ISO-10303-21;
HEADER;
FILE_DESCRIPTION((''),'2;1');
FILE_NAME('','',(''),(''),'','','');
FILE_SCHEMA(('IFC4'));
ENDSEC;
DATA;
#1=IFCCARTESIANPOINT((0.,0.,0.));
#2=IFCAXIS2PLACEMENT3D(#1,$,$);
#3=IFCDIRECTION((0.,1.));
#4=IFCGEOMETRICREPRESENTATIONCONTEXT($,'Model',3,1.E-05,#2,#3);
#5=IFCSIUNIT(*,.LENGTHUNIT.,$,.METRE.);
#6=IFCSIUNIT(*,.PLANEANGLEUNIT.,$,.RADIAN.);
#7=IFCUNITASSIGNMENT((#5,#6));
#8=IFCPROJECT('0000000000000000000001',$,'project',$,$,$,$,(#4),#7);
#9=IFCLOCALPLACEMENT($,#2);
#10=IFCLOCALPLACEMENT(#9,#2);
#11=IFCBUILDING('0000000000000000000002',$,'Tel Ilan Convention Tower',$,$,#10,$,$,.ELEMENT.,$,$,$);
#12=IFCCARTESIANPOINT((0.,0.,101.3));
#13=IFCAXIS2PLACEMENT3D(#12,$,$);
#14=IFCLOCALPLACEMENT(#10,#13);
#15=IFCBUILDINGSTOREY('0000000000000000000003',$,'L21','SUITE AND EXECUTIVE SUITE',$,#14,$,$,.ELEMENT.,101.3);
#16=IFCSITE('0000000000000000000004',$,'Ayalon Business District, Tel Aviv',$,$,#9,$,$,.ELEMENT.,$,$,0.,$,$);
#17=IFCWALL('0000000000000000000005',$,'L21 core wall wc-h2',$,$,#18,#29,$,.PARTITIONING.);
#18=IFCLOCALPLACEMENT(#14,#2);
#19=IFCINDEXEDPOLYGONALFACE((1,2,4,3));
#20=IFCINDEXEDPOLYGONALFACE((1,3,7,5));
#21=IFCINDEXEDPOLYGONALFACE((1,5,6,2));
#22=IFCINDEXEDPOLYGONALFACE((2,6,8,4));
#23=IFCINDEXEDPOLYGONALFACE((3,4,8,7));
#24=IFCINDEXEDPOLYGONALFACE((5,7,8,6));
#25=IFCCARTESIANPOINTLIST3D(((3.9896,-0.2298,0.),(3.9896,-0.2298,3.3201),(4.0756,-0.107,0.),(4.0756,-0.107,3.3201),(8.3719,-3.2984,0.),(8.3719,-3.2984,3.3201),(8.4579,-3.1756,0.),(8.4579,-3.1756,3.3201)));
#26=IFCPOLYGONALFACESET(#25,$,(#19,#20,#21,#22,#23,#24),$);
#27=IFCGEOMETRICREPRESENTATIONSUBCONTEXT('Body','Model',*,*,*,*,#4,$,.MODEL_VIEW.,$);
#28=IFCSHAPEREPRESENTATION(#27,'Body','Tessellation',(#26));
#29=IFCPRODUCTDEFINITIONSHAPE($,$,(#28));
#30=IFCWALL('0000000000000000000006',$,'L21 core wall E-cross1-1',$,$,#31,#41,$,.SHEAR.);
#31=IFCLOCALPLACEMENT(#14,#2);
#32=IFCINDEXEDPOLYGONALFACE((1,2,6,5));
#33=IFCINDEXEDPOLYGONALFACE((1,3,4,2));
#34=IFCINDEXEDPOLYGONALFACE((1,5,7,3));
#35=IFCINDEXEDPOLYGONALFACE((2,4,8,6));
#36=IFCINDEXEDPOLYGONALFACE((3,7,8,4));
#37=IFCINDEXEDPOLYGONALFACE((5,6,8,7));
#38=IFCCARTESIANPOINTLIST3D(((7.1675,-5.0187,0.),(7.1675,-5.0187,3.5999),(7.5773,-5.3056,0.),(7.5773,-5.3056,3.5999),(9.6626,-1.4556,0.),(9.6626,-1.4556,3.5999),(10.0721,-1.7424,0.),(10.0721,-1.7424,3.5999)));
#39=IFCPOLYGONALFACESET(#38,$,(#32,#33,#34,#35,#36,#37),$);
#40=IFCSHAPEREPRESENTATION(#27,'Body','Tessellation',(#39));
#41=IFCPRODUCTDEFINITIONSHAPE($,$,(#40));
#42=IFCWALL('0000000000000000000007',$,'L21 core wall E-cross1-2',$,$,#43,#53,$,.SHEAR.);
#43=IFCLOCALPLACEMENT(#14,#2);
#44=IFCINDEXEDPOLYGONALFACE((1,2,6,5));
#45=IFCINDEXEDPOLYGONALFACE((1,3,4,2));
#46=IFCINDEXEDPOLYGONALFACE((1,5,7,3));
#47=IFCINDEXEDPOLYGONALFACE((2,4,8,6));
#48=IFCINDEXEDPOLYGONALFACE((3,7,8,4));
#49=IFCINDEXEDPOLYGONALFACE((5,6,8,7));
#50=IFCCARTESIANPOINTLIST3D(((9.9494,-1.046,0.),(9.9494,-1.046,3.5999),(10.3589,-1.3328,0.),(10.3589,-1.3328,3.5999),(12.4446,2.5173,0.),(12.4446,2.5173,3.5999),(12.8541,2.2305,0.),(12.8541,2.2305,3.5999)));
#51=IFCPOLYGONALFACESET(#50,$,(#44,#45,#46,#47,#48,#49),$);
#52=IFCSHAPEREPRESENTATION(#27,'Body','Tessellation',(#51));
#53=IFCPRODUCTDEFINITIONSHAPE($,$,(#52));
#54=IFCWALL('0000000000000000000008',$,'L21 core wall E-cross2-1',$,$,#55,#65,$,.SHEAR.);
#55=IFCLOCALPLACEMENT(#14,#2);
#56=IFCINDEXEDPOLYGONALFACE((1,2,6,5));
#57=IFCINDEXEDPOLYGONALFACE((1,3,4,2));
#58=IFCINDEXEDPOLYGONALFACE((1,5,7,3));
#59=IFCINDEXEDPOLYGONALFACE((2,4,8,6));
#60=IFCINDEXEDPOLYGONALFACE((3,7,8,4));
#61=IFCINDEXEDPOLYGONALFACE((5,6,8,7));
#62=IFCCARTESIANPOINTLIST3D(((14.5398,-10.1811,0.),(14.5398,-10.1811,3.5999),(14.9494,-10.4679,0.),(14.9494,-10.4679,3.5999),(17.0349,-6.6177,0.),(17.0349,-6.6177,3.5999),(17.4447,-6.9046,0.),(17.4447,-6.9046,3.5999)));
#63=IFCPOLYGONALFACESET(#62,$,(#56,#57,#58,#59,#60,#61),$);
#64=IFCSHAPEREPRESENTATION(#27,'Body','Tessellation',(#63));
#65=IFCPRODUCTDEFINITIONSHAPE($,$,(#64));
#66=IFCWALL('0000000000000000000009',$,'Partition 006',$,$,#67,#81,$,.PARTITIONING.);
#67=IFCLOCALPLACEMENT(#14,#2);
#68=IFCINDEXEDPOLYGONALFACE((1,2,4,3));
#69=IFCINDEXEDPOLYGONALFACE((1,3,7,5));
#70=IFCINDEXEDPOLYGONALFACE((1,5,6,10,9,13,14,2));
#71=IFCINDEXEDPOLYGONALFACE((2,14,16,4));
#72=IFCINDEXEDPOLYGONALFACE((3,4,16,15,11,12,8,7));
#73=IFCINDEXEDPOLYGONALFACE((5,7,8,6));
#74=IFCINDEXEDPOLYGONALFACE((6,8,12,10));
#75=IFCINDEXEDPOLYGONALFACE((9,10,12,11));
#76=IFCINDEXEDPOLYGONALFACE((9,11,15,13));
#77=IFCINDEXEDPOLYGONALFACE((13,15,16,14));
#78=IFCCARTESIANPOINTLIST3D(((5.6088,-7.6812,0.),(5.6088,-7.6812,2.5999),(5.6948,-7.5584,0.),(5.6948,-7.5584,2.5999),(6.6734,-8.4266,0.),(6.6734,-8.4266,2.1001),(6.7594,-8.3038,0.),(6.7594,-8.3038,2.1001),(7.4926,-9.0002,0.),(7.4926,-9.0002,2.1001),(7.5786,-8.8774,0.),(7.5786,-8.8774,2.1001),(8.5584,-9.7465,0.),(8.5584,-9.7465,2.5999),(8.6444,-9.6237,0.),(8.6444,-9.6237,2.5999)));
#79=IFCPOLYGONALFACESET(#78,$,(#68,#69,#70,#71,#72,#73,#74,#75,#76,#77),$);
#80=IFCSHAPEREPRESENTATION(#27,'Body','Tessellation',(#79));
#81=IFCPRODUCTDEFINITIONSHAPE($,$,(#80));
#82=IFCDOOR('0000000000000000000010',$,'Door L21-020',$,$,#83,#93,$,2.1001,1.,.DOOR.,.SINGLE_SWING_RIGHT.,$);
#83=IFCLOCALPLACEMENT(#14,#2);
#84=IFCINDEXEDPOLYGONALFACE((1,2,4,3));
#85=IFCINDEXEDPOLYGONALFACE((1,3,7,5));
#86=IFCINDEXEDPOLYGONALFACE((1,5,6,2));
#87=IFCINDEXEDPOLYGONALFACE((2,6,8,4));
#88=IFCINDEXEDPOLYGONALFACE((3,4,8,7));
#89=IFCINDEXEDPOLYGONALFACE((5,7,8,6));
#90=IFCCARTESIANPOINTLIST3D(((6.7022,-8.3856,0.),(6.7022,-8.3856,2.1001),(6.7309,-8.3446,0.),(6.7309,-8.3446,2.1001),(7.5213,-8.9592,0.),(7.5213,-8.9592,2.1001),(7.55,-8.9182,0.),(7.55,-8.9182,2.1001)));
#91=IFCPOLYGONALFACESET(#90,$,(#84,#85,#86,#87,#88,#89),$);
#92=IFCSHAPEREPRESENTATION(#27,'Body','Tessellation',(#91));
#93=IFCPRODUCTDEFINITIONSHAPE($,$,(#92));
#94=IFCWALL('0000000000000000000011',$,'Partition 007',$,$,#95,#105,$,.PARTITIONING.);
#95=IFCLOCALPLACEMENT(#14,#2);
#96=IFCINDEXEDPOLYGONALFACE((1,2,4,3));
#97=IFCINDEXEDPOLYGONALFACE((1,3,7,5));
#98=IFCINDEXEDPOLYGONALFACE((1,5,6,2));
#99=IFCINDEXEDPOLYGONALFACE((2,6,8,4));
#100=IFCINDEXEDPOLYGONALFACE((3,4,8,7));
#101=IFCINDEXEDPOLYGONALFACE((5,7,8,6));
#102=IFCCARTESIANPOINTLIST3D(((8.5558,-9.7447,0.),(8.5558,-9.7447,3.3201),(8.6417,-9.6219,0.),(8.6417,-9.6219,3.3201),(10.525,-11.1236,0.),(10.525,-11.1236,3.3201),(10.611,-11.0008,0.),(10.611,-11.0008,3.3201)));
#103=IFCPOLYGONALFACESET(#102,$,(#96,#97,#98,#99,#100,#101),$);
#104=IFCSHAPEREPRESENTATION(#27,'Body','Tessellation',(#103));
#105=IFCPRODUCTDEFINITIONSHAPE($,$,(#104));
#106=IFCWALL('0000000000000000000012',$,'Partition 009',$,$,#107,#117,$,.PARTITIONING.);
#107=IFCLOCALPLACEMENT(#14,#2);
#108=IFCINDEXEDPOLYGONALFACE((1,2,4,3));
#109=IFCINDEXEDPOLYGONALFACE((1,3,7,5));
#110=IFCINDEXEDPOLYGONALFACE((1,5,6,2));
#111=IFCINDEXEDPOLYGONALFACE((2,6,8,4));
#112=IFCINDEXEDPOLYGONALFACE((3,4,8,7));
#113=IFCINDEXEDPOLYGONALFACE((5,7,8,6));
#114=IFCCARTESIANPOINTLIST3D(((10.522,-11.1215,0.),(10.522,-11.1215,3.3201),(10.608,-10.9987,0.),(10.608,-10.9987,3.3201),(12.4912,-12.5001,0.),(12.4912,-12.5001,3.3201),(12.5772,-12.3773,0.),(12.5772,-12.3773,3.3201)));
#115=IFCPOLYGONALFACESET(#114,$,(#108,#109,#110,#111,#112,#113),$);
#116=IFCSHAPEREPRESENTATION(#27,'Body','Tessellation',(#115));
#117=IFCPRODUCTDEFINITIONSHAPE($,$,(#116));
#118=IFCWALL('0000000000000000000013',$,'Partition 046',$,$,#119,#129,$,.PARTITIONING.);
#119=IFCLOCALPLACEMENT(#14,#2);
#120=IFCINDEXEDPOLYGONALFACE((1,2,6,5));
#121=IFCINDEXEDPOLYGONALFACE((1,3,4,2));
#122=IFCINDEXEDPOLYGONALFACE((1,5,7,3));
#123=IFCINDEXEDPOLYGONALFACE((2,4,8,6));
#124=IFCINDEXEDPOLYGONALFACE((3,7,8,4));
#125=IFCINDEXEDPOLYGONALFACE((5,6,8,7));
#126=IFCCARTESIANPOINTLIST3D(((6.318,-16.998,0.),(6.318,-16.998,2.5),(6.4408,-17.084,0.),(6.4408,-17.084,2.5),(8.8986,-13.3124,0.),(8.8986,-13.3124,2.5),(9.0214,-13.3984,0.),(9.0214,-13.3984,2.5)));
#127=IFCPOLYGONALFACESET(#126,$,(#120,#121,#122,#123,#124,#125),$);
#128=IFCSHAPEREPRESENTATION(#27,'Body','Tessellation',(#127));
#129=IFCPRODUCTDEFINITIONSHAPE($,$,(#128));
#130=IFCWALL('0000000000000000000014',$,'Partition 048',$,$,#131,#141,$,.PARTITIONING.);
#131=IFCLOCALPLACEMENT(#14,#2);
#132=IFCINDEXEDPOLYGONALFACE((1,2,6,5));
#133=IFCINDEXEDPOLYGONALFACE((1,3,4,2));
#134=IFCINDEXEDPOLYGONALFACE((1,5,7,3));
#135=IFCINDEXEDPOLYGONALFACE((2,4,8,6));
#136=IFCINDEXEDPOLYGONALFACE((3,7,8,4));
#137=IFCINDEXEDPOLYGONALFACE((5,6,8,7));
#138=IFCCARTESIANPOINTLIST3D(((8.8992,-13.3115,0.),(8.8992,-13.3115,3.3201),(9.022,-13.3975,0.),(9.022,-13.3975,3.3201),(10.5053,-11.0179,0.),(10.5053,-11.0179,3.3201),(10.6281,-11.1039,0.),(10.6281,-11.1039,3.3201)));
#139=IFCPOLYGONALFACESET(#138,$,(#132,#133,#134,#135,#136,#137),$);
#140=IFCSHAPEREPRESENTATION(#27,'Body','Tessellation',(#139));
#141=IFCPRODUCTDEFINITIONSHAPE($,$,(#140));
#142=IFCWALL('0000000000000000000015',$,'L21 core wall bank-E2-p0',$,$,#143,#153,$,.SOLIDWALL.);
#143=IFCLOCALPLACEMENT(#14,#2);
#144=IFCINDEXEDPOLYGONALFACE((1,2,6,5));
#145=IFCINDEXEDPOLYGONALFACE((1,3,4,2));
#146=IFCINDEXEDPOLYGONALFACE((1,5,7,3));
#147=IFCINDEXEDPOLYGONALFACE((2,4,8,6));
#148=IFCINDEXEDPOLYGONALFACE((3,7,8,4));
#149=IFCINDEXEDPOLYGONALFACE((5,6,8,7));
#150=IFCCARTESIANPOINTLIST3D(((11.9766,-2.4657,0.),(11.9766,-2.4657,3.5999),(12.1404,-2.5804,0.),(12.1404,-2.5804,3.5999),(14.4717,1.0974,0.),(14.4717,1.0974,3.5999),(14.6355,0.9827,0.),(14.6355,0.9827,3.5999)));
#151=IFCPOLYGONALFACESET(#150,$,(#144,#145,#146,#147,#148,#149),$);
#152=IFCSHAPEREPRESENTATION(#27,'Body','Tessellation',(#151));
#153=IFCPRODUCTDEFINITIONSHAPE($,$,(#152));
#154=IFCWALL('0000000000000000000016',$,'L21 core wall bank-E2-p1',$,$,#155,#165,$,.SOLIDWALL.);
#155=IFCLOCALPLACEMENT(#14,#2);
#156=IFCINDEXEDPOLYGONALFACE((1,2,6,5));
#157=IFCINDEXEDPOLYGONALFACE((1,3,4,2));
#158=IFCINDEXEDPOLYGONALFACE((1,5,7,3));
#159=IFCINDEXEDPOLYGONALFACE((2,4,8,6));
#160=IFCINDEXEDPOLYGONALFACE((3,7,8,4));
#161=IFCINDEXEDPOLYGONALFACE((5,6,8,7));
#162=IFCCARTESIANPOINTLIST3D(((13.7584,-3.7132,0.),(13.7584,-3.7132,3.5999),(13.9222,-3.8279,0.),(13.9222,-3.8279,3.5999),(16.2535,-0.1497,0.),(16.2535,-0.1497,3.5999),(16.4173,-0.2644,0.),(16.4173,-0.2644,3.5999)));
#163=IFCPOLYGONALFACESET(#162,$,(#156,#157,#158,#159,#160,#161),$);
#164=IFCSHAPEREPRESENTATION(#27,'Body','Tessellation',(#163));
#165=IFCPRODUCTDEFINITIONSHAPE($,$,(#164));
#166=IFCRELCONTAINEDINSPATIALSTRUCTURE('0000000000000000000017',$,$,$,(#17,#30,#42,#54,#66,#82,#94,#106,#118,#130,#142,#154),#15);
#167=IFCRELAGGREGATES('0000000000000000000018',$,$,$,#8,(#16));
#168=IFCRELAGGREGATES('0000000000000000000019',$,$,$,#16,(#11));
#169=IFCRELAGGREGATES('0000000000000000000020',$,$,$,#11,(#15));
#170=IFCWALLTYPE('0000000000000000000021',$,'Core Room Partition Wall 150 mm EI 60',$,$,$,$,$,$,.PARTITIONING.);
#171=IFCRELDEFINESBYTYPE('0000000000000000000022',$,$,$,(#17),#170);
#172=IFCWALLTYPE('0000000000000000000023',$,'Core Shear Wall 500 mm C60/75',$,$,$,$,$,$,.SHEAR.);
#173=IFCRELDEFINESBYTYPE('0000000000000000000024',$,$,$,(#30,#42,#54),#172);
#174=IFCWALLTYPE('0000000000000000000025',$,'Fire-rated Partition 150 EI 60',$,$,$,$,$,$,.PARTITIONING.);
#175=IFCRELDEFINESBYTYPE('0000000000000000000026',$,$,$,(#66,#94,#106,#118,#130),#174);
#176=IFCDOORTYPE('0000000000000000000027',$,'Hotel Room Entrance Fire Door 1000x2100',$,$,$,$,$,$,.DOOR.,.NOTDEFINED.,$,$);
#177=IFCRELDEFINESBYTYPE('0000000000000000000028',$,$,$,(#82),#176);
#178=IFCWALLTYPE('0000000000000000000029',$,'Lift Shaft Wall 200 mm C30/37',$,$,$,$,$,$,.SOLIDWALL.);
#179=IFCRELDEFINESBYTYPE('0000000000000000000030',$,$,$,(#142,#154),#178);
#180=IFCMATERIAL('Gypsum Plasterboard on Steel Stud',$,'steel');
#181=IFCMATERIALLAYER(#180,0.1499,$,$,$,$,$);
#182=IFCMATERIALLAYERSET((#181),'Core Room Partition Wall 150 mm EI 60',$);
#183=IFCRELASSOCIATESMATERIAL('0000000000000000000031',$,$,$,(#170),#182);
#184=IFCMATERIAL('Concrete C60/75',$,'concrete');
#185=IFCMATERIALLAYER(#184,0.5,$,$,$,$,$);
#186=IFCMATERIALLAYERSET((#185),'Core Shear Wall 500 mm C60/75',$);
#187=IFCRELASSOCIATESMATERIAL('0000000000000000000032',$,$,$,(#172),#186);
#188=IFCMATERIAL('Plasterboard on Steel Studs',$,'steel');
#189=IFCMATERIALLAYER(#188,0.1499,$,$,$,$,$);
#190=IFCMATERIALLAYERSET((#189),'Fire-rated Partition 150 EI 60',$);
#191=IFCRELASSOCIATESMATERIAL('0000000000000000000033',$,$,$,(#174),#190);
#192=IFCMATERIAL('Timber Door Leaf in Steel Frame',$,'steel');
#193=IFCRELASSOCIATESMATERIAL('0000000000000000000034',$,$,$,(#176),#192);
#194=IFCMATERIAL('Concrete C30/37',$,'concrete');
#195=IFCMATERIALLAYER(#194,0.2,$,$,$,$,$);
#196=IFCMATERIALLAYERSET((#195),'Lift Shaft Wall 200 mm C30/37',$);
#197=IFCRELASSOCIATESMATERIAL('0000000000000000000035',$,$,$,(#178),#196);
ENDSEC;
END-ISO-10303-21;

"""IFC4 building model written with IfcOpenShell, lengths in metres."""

from ifc_helpers import new_model, si_unit, direction, frame, frame_2d, origin, place, context, subcontext, project, spatial, polyline, rectangle, outline, extrude, material, layer, layer_set, type_object, element, fill, save


model = new_model("IFC4")

# Units and contexts
model_context = context("Model", 3, precision=1e-05, world=origin(), true_north=direction((0.0, 1.0)))
body_context = subcontext(model_context, "Body", "Model", "MODEL_VIEW")
ifc_project = project(units=[si_unit("LENGTHUNIT", "METRE"), si_unit("PLANEANGLEUNIT", "RADIAN")], contexts=[model_context])

# Site, building, storey
site_placement = place(None, origin())
site = spatial("IfcSite", under=ifc_project, at=site_placement, Name="Ayalon Business District, Tel Aviv", CompositionType="ELEMENT", RefElevation=0.0)
building_placement = place(site_placement, origin())
building = spatial("IfcBuilding", under=site, at=building_placement, Name="Tel Ilan Convention Tower", CompositionType="ELEMENT")
storey_placement = place(building_placement, frame((0.0, 0.0, 101.3)))
storey = spatial("IfcBuildingStorey", under=building, at=storey_placement, Name="L21", Description="SUITE AND EXECUTIVE SUITE", CompositionType="ELEMENT", Elevation=101.3)

# Walls
ifc_material_1 = material(Name="Gypsum Plasterboard on Steel Stud", Category="steel")
ifc_layer_1 = layer(ifc_material_1, 0.1499)
ifc_layer_set_1 = layer_set([ifc_layer_1], Name="Core Room Partition Wall 150 mm EI 60")
wall_type_1 = type_object("IfcWallType", Name="Core Room Partition Wall 150 mm EI 60", PredefinedType="PARTITIONING", material=ifc_layer_set_1)
wall_1_placement = place(storey_placement, frame((4.0327, -0.1685, 0.0), z_axis=(0.0, 0.0, 1.0), x_axis=(0.819146, -0.573585, 0.0)))
element("IfcWall", 1, at=wall_1_placement, inside=storey, type_object=wall_type_1, Name="L21 core wall wc-h2", PredefinedType="PARTITIONING", context=body_context, shape_type="SweptSolid", body=[
    extrude(rectangle(XDim=5.3499, YDim=0.1499, at=frame_2d((2.6748, 0.0))), origin(), (0.0, 0.0, 1.0), 3.3201),
])
ifc_material_2 = material(Name="Concrete C60/75", Category="concrete")
ifc_layer_2 = layer(ifc_material_2, 0.5)
ifc_layer_set_2 = layer_set([ifc_layer_2], Name="Core Shear Wall 500 mm C60/75")
wall_type_2 = type_object("IfcWallType", Name="Core Shear Wall 500 mm C60/75", PredefinedType="SHEAR", material=ifc_layer_set_2)
wall_2_placement = place(storey_placement, frame((7.3723, -5.1621, 0.0), z_axis=(0.0, 0.0, 1.0), x_axis=(0.573594, 0.81914, 0.0)))
element("IfcWall", 2, at=wall_2_placement, inside=storey, type_object=wall_type_2, Name="L21 core wall E-cross1-1", PredefinedType="SHEAR", context=body_context, shape_type="SweptSolid", body=[
    extrude(outline(polyline([(0.0, 0.25), (0.0, -0.2502), (4.3499, -0.25), (4.3499, 0.25), (0.0, 0.25)])), origin(), (0.0, 0.0, 1.0), 3.5999),
])
wall_3_placement = place(storey_placement, frame((10.1543, -1.1892, 0.0), z_axis=(0.0, 0.0, 1.0), x_axis=(0.573594, 0.81914, 0.0)))
element("IfcWall", 3, at=wall_3_placement, inside=storey, type_object=wall_type_2, Name="L21 core wall E-cross1-2", PredefinedType="SHEAR", context=body_context, shape_type="SweptSolid", body=[
    extrude(outline(polyline([(4.3499, -0.25), (4.3499, 0.25), (-0.0002, 0.25), (-0.0002, -0.25), (4.3499, -0.25)])), origin(), (0.0, 0.0, 1.0), 3.5999),
])
wall_4_placement = place(storey_placement, frame((14.7446, -10.3245, 0.0), z_axis=(0.0, 0.0, 1.0), x_axis=(0.573568, 0.819158, 0.0)))
element("IfcWall", 4, at=wall_4_placement, inside=storey, type_object=wall_type_2, Name="L21 core wall E-cross2-1", PredefinedType="SHEAR", context=body_context, shape_type="SweptSolid", body=[
    extrude(outline(polyline([(0.0, 0.25), (0.0, -0.25), (4.3501, -0.2502), (4.3501, 0.25), (0.0, 0.25)])), origin(), (0.0, 0.0, 1.0), 3.5999),
])

# Wall, opening, door
ifc_material_3 = material(Name="Plasterboard on Steel Studs", Category="steel")
ifc_layer_3 = layer(ifc_material_3, 0.1499)
ifc_layer_set_3 = layer_set([ifc_layer_3], Name="Fire-rated Partition 150 EI 60")
wall_type_3 = type_object("IfcWallType", Name="Fire-rated Partition 150 EI 60", PredefinedType="PARTITIONING", material=ifc_layer_set_3)
wall_5_placement = place(storey_placement, frame((8.6013, -9.6851, 0.0), z_axis=(0.0, 0.0, 1.0), x_axis=(-0.819149, 0.573581, 0.0)))
wall_5 = element("IfcWall", 5, at=wall_5_placement, inside=storey, type_object=wall_type_3, Name="Partition 006", PredefinedType="PARTITIONING", context=body_context, shape_type="SweptSolid", body=[
    extrude(rectangle(XDim=3.6008, YDim=0.1499, at=frame_2d((1.8003, 0.0))), origin(), (0.0, 0.0, 1.0), 2.5999),
])
opening_1_placement = place(wall_5_placement, frame((1.301, 0.0, 0.0)))
opening_1 = element("IfcOpeningElement", 6, at=opening_1_placement, cuts=wall_5, PredefinedType="OPENING", context=body_context, shape_type="SweptSolid", body=[
    extrude(rectangle(XDim=1.0, YDim=2.1001, at=frame_2d((0.5, 1.05))), frame((0.0, 0.085, 0.0), z_axis=(0.0, -1.0, 0.0), x_axis=(1.0, 0.0, 0.0)), (0.0, 0.0, 1.0), 0.1699),
])
ifc_material_4 = material(Name="Timber Door Leaf in Steel Frame", Category="steel")
door_type_1 = type_object("IfcDoorType", Name="Hotel Room Entrance Fire Door 1000x2100", OperationType="NOTDEFINED", PredefinedType="DOOR", material=ifc_material_4)
door_1_placement = place(opening_1_placement, origin())
door_1 = element("IfcDoor", 7, at=door_1_placement, inside=storey, type_object=door_type_1, Name="Door L21-020", OperationType="SINGLE_SWING_RIGHT", OverallHeight=2.1001, OverallWidth=1.0, PredefinedType="DOOR", context=body_context, shape_type="SweptSolid", body=[
    extrude(rectangle(XDim=1.0, YDim=2.1001, at=frame_2d((0.5, 1.05))), frame((0.0, 0.0249, 0.0), z_axis=(0.0, -1.0, 0.0), x_axis=(1.0, 0.0, 0.0)), (0.0, 0.0, 1.0), 0.05),
])
fill(opening_1, door_1)

# Walls
wall_6_placement = place(storey_placement, frame((10.5681, -11.0623, 0.0), z_axis=(0.0, 0.0, 1.0), x_axis=(-0.819146, 0.573585, 0.0)))
element("IfcWall", 8, at=wall_6_placement, inside=storey, type_object=wall_type_3, Name="Partition 007", PredefinedType="PARTITIONING", context=body_context, shape_type="SweptSolid", body=[
    extrude(rectangle(XDim=2.4041, YDim=0.1499, at=frame_2d((1.2021, 0.0))), origin(), (0.0, 0.0, 1.0), 3.3201),
])
wall_7_placement = place(storey_placement, frame((12.5342, -12.4387, 0.0), z_axis=(0.0, 0.0, 1.0), x_axis=(-0.819194, 0.573517, 0.0)))
element("IfcWall", 9, at=wall_7_placement, inside=storey, type_object=wall_type_3, Name="Partition 009", PredefinedType="PARTITIONING", context=body_context, shape_type="SweptSolid", body=[
    extrude(rectangle(XDim=2.4038, YDim=0.1499, at=frame_2d((1.2019, 0.0))), origin(), (0.0, 0.0, 1.0), 3.3201),
])
wall_8_placement = place(storey_placement, frame((8.96, -13.3555, 0.0), z_axis=(0.0, 0.0, 1.0), x_axis=(-0.573564, -0.819161, 0.0)))
element("IfcWall", 10, at=wall_8_placement, inside=storey, type_object=wall_type_3, Name="Partition 046", PredefinedType="PARTITIONING", context=body_context, shape_type="SweptSolid", body=[
    extrude(rectangle(XDim=4.4993, YDim=0.1499, at=frame_2d((2.2495, 0.0))), origin(), (0.0, 0.0, 1.0), 2.5),
])
wall_9_placement = place(storey_placement, frame((10.5667, -11.061, 0.0), z_axis=(0.0, 0.0, 1.0), x_axis=(-0.573609, -0.81913, 0.0)))
element("IfcWall", 11, at=wall_9_placement, inside=storey, type_object=wall_type_3, Name="Partition 048", PredefinedType="PARTITIONING", context=body_context, shape_type="SweptSolid", body=[
    extrude(rectangle(XDim=2.8, YDim=0.1499, at=frame_2d((1.3999, 0.0))), origin(), (0.0, 0.0, 1.0), 3.3201),
])
ifc_material_5 = material(Name="Concrete C30/37", Category="concrete")
ifc_layer_4 = layer(ifc_material_5, 0.2)
ifc_layer_set_4 = layer_set([ifc_layer_4], Name="Lift Shaft Wall 200 mm C30/37")
wall_type_4 = type_object("IfcWallType", Name="Lift Shaft Wall 200 mm C30/37", PredefinedType="SOLIDWALL", material=ifc_layer_set_4)
wall_10_placement = place(storey_placement, frame((12.0586, -2.5229, 0.0), z_axis=(0.0, 0.0, 1.0), x_axis=(0.573594, 0.81914, 0.0)))
element("IfcWall", 12, at=wall_10_placement, inside=storey, type_object=wall_type_4, Name="L21 core wall bank-E2-p0", PredefinedType="SOLIDWALL", context=body_context, shape_type="SweptSolid", body=[
    extrude(rectangle(XDim=4.3499, YDim=0.2, at=frame_2d((2.1748, 0.0))), origin(), (0.0, 0.0, 1.0), 3.5999),
])
wall_11_placement = place(storey_placement, frame((13.8403, -3.7705, 0.0), z_axis=(0.0, 0.0, 1.0), x_axis=(0.573568, 0.819158, 0.0)))
element("IfcWall", 13, at=wall_11_placement, inside=storey, type_object=wall_type_4, Name="L21 core wall bank-E2-p1", PredefinedType="SOLIDWALL", context=body_context, shape_type="SweptSolid", body=[
    extrude(rectangle(XDim=4.3501, YDim=0.2, at=frame_2d((2.175, 0.0))), origin(), (0.0, 0.0, 1.0), 3.5999),
])

save(model, "model.ifc")
